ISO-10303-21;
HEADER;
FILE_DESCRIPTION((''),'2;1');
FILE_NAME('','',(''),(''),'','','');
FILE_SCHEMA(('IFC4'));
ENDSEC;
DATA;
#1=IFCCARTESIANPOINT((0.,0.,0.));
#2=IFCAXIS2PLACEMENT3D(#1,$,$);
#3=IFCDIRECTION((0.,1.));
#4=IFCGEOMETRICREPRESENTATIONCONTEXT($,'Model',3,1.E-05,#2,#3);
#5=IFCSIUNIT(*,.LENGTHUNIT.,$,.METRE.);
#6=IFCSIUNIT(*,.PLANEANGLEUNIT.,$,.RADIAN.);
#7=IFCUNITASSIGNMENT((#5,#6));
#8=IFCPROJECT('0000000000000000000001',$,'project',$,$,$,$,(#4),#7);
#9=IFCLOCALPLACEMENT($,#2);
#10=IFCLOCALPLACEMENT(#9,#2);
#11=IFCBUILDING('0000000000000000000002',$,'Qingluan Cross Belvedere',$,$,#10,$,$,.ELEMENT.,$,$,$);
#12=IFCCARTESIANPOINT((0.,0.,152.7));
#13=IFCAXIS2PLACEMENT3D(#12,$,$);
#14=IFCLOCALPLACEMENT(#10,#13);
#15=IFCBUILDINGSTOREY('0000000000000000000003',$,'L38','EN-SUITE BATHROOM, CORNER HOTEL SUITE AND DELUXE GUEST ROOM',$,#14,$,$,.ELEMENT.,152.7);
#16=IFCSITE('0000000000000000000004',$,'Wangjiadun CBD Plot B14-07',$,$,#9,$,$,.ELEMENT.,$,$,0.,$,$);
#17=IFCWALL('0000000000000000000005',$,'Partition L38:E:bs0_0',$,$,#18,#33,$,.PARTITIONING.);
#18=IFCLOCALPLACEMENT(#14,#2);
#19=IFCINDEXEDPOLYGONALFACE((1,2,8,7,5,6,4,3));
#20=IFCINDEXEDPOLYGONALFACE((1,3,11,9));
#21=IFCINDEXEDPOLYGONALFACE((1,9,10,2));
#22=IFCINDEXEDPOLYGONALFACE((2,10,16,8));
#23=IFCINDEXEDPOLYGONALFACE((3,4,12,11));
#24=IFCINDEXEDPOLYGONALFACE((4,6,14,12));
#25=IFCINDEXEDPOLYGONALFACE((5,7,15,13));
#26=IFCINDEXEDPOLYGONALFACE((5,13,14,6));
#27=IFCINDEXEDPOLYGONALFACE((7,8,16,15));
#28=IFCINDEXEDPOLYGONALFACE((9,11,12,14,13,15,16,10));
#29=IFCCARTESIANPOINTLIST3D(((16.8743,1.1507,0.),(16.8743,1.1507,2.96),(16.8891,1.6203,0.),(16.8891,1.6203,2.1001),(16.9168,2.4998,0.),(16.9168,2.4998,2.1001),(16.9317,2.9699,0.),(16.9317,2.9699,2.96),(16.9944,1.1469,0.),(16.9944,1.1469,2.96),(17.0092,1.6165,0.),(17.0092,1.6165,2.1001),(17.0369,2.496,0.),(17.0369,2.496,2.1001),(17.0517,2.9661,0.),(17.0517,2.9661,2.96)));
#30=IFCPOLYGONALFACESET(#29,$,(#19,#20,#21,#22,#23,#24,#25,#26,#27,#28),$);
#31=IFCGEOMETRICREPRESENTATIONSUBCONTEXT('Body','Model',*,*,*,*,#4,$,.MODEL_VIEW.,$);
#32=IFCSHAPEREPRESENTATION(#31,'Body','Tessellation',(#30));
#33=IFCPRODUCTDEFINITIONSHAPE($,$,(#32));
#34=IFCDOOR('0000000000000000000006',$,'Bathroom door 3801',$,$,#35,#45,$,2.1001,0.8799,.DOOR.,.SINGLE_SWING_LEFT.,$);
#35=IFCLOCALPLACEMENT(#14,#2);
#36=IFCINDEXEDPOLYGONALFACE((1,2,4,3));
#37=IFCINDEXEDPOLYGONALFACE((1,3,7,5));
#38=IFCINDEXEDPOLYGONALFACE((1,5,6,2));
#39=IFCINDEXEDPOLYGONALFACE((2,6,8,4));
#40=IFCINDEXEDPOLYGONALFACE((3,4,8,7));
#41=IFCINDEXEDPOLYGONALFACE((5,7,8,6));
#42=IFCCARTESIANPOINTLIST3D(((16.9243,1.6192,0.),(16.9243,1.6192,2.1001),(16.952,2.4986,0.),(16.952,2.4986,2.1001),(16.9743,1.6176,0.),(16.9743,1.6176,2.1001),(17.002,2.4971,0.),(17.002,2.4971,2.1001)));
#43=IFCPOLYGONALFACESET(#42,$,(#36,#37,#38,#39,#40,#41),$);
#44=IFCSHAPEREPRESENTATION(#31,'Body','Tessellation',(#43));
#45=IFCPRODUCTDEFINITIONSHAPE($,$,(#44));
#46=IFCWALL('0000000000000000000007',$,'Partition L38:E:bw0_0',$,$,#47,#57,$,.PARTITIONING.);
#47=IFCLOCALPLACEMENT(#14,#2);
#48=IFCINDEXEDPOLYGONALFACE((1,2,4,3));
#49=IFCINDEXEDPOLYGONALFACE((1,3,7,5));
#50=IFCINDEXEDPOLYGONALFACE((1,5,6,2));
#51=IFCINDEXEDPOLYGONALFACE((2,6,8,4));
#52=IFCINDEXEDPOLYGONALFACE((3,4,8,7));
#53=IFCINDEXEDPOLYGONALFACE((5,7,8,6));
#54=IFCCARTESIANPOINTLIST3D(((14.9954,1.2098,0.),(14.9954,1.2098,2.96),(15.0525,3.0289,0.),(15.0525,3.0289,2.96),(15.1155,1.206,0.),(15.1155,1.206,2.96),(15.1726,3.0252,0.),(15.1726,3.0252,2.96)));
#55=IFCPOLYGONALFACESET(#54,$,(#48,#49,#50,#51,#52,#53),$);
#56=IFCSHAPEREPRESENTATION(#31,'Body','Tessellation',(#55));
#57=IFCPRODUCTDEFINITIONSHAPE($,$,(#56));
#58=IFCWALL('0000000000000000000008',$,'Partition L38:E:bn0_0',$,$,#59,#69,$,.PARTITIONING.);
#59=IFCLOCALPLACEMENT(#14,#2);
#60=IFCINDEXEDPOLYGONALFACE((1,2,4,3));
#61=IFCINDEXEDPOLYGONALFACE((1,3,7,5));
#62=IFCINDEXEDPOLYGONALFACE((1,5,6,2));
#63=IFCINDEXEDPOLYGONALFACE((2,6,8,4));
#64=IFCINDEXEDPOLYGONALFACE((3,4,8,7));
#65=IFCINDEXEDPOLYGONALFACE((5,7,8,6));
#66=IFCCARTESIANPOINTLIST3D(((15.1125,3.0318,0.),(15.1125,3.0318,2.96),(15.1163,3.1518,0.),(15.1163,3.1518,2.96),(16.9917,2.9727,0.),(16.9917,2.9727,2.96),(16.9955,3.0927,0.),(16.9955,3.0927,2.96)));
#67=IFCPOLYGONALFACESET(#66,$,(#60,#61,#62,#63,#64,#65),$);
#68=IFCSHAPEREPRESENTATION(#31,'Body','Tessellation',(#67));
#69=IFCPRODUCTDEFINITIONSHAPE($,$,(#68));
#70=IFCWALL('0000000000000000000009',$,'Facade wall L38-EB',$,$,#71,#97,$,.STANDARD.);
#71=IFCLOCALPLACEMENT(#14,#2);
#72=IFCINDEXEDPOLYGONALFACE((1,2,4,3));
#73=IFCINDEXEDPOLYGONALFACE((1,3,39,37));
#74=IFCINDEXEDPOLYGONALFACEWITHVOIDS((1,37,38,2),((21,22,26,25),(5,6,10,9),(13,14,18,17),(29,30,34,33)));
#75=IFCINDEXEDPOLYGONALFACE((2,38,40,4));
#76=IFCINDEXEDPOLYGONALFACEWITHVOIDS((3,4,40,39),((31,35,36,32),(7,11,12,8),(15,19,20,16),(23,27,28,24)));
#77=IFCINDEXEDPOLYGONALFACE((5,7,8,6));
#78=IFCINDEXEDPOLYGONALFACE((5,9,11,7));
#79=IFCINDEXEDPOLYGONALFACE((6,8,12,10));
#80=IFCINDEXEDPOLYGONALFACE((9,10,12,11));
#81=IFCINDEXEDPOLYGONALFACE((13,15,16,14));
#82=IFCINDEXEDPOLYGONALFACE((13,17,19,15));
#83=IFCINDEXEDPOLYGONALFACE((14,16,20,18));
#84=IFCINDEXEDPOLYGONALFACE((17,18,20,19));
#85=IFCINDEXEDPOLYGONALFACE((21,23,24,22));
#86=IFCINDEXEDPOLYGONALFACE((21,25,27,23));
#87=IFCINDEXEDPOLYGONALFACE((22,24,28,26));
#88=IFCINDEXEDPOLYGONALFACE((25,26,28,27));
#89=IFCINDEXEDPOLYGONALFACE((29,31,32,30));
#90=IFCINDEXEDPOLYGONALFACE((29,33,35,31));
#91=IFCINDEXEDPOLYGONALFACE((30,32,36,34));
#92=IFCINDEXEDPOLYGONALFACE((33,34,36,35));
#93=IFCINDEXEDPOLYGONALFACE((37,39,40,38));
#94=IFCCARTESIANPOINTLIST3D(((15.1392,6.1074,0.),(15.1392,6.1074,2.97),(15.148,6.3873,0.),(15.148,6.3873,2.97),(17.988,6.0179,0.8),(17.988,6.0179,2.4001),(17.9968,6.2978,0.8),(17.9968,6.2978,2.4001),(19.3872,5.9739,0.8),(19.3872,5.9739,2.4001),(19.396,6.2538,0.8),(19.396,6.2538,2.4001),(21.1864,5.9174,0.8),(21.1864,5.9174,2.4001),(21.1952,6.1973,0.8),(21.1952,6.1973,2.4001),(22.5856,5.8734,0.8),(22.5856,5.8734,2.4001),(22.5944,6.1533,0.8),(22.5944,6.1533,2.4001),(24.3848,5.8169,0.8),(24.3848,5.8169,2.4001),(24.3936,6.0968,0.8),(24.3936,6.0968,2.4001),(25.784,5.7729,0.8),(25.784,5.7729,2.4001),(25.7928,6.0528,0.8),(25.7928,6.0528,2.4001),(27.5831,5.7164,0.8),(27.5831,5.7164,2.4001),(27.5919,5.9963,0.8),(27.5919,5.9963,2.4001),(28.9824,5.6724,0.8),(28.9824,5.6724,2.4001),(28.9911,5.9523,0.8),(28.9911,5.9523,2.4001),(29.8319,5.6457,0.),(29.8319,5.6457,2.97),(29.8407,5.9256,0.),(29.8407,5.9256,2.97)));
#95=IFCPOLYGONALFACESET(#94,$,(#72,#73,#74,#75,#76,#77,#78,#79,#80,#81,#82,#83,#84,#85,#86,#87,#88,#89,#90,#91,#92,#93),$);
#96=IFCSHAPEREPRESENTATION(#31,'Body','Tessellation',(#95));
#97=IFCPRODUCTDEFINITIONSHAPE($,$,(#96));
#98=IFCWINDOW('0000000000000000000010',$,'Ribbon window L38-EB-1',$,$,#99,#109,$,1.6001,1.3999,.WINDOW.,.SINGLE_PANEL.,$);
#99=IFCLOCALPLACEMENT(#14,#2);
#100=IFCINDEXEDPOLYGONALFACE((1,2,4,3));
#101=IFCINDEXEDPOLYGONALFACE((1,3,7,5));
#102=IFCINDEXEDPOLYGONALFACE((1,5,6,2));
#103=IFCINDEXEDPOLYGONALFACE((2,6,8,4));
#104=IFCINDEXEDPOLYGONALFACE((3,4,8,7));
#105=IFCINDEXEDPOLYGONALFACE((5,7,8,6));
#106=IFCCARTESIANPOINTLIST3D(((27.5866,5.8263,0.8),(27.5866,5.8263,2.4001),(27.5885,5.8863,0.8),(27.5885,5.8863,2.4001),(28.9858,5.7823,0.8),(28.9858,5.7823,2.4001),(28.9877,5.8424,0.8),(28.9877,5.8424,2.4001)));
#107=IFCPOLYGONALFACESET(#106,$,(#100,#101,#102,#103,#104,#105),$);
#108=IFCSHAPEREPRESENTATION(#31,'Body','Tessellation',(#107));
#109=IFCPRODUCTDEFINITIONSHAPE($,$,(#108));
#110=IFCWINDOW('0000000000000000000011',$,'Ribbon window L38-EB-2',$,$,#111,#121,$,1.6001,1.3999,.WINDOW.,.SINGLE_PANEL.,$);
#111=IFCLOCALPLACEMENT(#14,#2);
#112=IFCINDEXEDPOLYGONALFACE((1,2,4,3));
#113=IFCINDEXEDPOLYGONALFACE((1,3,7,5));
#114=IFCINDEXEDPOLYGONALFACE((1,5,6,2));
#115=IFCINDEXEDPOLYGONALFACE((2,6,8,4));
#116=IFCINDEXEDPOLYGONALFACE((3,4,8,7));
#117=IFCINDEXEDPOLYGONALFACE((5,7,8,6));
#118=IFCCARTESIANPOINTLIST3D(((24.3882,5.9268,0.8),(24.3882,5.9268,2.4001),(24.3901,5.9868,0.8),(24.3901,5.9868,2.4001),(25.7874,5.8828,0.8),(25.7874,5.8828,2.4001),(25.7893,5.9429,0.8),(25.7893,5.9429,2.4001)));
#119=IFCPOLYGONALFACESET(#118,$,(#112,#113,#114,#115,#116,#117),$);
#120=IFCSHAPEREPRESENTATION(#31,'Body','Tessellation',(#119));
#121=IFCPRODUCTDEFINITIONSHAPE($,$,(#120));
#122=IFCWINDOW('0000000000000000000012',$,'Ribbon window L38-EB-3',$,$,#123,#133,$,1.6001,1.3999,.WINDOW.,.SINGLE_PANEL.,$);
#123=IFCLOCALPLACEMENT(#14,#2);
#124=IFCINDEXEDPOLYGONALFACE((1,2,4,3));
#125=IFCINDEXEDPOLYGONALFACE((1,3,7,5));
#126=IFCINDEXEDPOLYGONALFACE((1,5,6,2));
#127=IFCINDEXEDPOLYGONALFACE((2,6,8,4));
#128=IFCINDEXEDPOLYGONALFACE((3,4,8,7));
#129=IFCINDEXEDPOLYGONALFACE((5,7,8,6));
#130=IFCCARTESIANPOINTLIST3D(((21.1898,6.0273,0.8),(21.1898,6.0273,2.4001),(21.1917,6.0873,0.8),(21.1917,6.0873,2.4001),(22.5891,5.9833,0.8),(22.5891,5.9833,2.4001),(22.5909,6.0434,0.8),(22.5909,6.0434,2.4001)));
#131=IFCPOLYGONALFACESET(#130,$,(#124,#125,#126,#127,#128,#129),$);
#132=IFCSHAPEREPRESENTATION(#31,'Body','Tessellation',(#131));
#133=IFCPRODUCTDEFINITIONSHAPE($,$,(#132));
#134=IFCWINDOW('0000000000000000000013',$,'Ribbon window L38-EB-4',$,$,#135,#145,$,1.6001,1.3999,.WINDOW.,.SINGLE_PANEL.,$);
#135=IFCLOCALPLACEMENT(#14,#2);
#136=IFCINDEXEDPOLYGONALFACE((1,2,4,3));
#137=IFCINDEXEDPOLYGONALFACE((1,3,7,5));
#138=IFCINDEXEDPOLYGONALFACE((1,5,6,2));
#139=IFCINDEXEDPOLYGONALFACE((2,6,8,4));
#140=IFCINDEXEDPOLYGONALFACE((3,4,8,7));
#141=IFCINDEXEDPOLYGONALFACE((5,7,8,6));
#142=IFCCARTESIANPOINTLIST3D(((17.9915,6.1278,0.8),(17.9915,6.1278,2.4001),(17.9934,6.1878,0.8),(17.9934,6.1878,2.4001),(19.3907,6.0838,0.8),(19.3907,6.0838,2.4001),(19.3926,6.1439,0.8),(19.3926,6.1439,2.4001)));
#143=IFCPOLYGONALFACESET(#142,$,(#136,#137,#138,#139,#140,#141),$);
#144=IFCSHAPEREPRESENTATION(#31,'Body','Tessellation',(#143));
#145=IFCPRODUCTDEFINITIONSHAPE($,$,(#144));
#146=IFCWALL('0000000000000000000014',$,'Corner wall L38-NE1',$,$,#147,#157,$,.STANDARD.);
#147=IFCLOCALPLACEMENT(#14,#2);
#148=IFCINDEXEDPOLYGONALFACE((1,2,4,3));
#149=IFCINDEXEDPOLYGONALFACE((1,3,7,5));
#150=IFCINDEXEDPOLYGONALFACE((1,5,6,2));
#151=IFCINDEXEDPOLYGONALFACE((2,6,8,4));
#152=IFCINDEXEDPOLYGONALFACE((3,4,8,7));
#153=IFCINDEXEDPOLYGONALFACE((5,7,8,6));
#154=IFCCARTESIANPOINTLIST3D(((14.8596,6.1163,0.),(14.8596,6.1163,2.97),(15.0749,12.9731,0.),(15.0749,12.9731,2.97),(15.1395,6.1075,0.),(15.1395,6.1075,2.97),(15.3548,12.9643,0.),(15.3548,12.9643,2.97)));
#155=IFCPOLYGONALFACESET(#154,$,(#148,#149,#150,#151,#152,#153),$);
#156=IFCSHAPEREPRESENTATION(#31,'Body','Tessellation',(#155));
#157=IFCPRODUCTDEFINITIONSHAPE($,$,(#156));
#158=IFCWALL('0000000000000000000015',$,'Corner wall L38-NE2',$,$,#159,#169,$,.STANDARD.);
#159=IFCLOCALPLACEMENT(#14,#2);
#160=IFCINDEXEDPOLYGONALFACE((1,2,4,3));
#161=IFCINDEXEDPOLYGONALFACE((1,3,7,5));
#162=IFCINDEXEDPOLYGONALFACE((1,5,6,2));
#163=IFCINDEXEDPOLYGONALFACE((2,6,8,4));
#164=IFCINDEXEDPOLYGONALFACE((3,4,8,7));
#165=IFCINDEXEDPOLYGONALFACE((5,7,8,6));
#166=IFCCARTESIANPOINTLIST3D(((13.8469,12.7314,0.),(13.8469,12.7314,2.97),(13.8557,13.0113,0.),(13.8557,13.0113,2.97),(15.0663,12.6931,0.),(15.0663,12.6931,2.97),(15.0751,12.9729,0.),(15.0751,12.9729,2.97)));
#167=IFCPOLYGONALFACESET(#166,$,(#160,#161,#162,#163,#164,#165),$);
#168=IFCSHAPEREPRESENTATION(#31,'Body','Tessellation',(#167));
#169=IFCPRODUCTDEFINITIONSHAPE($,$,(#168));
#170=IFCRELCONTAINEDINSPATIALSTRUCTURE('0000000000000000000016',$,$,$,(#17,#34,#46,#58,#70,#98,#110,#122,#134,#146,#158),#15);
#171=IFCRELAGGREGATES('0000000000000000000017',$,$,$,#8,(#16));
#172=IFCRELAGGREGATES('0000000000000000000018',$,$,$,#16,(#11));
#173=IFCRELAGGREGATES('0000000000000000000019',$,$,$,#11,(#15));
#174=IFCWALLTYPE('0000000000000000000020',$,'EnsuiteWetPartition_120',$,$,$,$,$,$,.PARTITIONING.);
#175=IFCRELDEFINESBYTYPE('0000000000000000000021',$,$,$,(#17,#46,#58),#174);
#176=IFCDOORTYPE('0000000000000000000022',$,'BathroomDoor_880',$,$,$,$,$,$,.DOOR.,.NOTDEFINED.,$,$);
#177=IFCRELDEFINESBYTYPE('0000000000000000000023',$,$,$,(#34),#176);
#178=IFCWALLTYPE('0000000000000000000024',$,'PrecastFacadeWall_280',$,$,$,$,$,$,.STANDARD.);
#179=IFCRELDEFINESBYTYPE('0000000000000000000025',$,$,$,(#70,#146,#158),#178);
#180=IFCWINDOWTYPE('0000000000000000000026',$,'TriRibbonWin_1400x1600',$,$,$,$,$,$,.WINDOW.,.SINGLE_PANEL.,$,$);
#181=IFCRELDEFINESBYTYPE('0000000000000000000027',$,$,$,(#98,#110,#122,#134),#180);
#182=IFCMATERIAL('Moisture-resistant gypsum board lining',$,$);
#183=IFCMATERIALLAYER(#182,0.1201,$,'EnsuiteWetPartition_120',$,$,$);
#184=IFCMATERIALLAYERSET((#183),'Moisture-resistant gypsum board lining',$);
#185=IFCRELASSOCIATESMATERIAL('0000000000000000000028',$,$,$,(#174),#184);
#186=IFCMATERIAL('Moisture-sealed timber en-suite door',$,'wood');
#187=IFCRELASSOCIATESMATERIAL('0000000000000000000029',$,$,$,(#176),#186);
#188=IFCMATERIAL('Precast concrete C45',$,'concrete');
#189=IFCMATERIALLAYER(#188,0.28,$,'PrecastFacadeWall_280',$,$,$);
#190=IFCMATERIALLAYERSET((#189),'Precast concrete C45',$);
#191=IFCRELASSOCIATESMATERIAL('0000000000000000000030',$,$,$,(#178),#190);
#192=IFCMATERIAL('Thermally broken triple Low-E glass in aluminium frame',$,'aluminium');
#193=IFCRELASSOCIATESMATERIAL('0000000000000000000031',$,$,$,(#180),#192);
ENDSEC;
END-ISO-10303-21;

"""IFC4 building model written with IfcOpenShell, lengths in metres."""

from ifc_helpers import new_model, si_unit, direction, frame, frame_2d, origin, place, context, subcontext, project, spatial, rectangle, extrude, material, layer, layer_set, type_object, element, fill, save


model = new_model("IFC4")

# Units and contexts
model_context = context("Model", 3, precision=1e-05, world=origin(), true_north=direction((0.0, 1.0)))
body_context = subcontext(model_context, "Body", "Model", "MODEL_VIEW")
ifc_project = project(units=[si_unit("LENGTHUNIT", "METRE"), si_unit("PLANEANGLEUNIT", "RADIAN")], contexts=[model_context])

# Site, building, storey
site_placement = place(None, origin())
site = spatial("IfcSite", under=ifc_project, at=site_placement, Name="Wangjiadun CBD Plot B14-07", CompositionType="ELEMENT", RefElevation=0.0)
building_placement = place(site_placement, origin())
building = spatial("IfcBuilding", under=site, at=building_placement, Name="Qingluan Cross Belvedere", CompositionType="ELEMENT")
storey_placement = place(building_placement, frame((0.0, 0.0, 152.7)))
storey = spatial("IfcBuildingStorey", under=building, at=storey_placement, Name="L38", Description="EN-SUITE BATHROOM, CORNER HOTEL SUITE AND DELUXE GUEST ROOM", CompositionType="ELEMENT", Elevation=152.7)

# Wall, opening, door
ifc_material_1 = material(Name="Moisture-resistant gypsum board lining")
ifc_layer_1 = layer(ifc_material_1, 0.1201, Name="EnsuiteWetPartition_120")
ifc_layer_set_1 = layer_set([ifc_layer_1], Name="Moisture-resistant gypsum board lining")
wall_type_1 = type_object("IfcWallType", Name="EnsuiteWetPartition_120", PredefinedType="PARTITIONING", material=ifc_layer_set_1)
wall_1_placement = place(storey_placement, frame((16.9343, 1.1487, 0.0), z_axis=(0.0, 0.0, 1.0), x_axis=(0.031524, 0.999503, 0.0)))
wall_1 = element("IfcWall", 1, at=wall_1_placement, inside=storey, type_object=wall_type_1, Name="Partition L38:E:bs0_0", PredefinedType="PARTITIONING", context=body_context, shape_type="SweptSolid", body=[
    extrude(rectangle(XDim=1.8201, YDim=0.1201, at=frame_2d((0.9102, 0.0))), origin(), (0.0, 0.0, 1.0), 2.96),
])
opening_1_placement = place(wall_1_placement, frame((0.47, 0.0, 0.0)))
opening_1 = element("IfcOpeningElement", 2, at=opening_1_placement, cuts=wall_1, PredefinedType="OPENING", context=body_context, shape_type="SweptSolid", body=[
    extrude(rectangle(XDim=0.8799, YDim=2.1001, at=frame_2d((0.4399, 1.05))), frame((0.0, 0.0701, 0.0), z_axis=(0.0, -1.0, 0.0), x_axis=(1.0, 0.0, 0.0)), (0.0, 0.0, 1.0), 0.1401),
])
ifc_material_2 = material(Name="Moisture-sealed timber en-suite door", Category="wood")
door_type_1 = type_object("IfcDoorType", Name="BathroomDoor_880", OperationType="NOTDEFINED", PredefinedType="DOOR", material=ifc_material_2)
door_1_placement = place(opening_1_placement, origin())
door_1 = element("IfcDoor", 3, at=door_1_placement, inside=storey, type_object=door_type_1, Name="Bathroom door 3801", OperationType="SINGLE_SWING_LEFT", OverallHeight=2.1001, OverallWidth=0.8799, PredefinedType="DOOR", context=body_context, shape_type="SweptSolid", body=[
    extrude(rectangle(XDim=0.8799, YDim=2.1001, at=frame_2d((0.4399, 1.05))), frame((0.0, 0.0249, 0.0), z_axis=(0.0, -1.0, 0.0), x_axis=(1.0, 0.0, 0.0)), (0.0, 0.0, 1.0), 0.05),
])
fill(opening_1, door_1)

# Walls
wall_2_placement = place(storey_placement, frame((15.0554, 1.2078, 0.0), z_axis=(0.0, 0.0, 1.0), x_axis=(0.03139, 0.999507, 0.0)))
element("IfcWall", 4, at=wall_2_placement, inside=storey, type_object=wall_type_1, Name="Partition L38:E:bw0_0", PredefinedType="PARTITIONING", context=body_context, shape_type="SweptSolid", body=[
    extrude(rectangle(XDim=1.8201, YDim=0.1201, at=frame_2d((0.9102, 0.0))), origin(), (0.0, 0.0, 1.0), 2.96),
])
wall_3_placement = place(storey_placement, frame((15.1145, 3.0918, 0.0), z_axis=(0.0, 0.0, 1.0), x_axis=(0.999506, -0.031425, 0.0)))
element("IfcWall", 5, at=wall_3_placement, inside=storey, type_object=wall_type_1, Name="Partition L38:E:bn0_0", PredefinedType="PARTITIONING", context=body_context, shape_type="SweptSolid", body=[
    extrude(rectangle(XDim=1.8801, YDim=0.1201, at=frame_2d((0.9399, 0.0))), origin(), (0.0, 0.0, 1.0), 2.96),
])

# Wall, openings, windows
ifc_material_3 = material(Name="Precast concrete C45", Category="concrete")
ifc_layer_2 = layer(ifc_material_3, 0.28, Name="PrecastFacadeWall_280")
ifc_layer_set_2 = layer_set([ifc_layer_2], Name="Precast concrete C45")
wall_type_2 = type_object("IfcWallType", Name="PrecastFacadeWall_280", PredefinedType="STANDARD", material=ifc_layer_set_2)
wall_4_placement = place(storey_placement, frame((29.8364, 5.7856, 0.0), z_axis=(0.0, 0.0, 1.0), x_axis=(-0.999507, 0.031406, 0.0)))
wall_4 = element("IfcWall", 6, at=wall_4_placement, inside=storey, type_object=wall_type_2, Name="Facade wall L38-EB", PredefinedType="STANDARD", context=body_context, shape_type="SweptSolid", body=[
    extrude(rectangle(XDim=14.7, YDim=0.28, at=frame_2d((7.3501, 0.0))), origin(), (0.0, 0.0, 1.0), 2.97),
])
opening_2_placement = place(wall_4_placement, frame((0.8501, 0.0, 0.8)))
opening_2 = element("IfcOpeningElement", 7, at=opening_2_placement, cuts=wall_4, PredefinedType="OPENING", context=body_context, shape_type="SweptSolid", body=[
    extrude(rectangle(XDim=1.3999, YDim=1.6001, at=frame_2d((0.7, 0.8))), frame((0.0, 0.1499, 0.0), z_axis=(0.0, -1.0, 0.0), x_axis=(1.0, 0.0, 0.0)), (0.0, 0.0, 1.0), 0.3),
])
opening_3_placement = place(wall_4_placement, frame((4.05, 0.0, 0.8)))
opening_3 = element("IfcOpeningElement", 8, at=opening_3_placement, cuts=wall_4, PredefinedType="OPENING", context=body_context, shape_type="SweptSolid", body=[
    extrude(rectangle(XDim=1.3999, YDim=1.6001, at=frame_2d((0.7, 0.8))), frame((0.0, 0.1499, 0.0), z_axis=(0.0, -1.0, 0.0), x_axis=(1.0, 0.0, 0.0)), (0.0, 0.0, 1.0), 0.3),
])
opening_4_placement = place(wall_4_placement, frame((7.25, 0.0, 0.8)))
opening_4 = element("IfcOpeningElement", 9, at=opening_4_placement, cuts=wall_4, PredefinedType="OPENING", context=body_context, shape_type="SweptSolid", body=[
    extrude(rectangle(XDim=1.3999, YDim=1.6001, at=frame_2d((0.7, 0.8))), frame((0.0, 0.1499, 0.0), z_axis=(0.0, -1.0, 0.0), x_axis=(1.0, 0.0, 0.0)), (0.0, 0.0, 1.0), 0.3),
])
opening_5_placement = place(wall_4_placement, frame((10.45, 0.0, 0.8)))
opening_5 = element("IfcOpeningElement", 10, at=opening_5_placement, cuts=wall_4, PredefinedType="OPENING", context=body_context, shape_type="SweptSolid", body=[
    extrude(rectangle(XDim=1.3999, YDim=1.6001, at=frame_2d((0.7, 0.8))), frame((0.0, 0.1499, 0.0), z_axis=(0.0, -1.0, 0.0), x_axis=(1.0, 0.0, 0.0)), (0.0, 0.0, 1.0), 0.3),
])
ifc_material_4 = material(Name="Thermally broken triple Low-E glass in aluminium frame", Category="aluminium")
window_type = type_object("IfcWindowType", Name="TriRibbonWin_1400x1600", PartitioningType="SINGLE_PANEL", PredefinedType="WINDOW", material=ifc_material_4)
window_1_placement = place(opening_2_placement, origin())
window_1 = element("IfcWindow", 11, at=window_1_placement, inside=storey, type_object=window_type, Name="Ribbon window L38-EB-1", OverallHeight=1.6001, OverallWidth=1.3999, PartitioningType="SINGLE_PANEL", PredefinedType="WINDOW", context=body_context, shape_type="SweptSolid", body=[
    extrude(rectangle(XDim=1.3999, YDim=1.6001, at=frame_2d((0.7, 0.8))), frame((0.0, 0.03, 0.0), z_axis=(0.0, -1.0, 0.0), x_axis=(1.0, 0.0, 0.0)), (0.0, 0.0, 1.0), 0.0601),
])
fill(opening_2, window_1)
window_2_placement = place(opening_3_placement, origin())
window_2 = element("IfcWindow", 12, at=window_2_placement, inside=storey, type_object=window_type, Name="Ribbon window L38-EB-2", OverallHeight=1.6001, OverallWidth=1.3999, PartitioningType="SINGLE_PANEL", PredefinedType="WINDOW", context=body_context, shape_type="SweptSolid", body=[
    extrude(rectangle(XDim=1.3999, YDim=1.6001, at=frame_2d((0.7, 0.8))), frame((0.0, 0.03, 0.0), z_axis=(0.0, -1.0, 0.0), x_axis=(1.0, 0.0, 0.0)), (0.0, 0.0, 1.0), 0.0601),
])
fill(opening_3, window_2)
window_3_placement = place(opening_4_placement, origin())
window_3 = element("IfcWindow", 13, at=window_3_placement, inside=storey, type_object=window_type, Name="Ribbon window L38-EB-3", OverallHeight=1.6001, OverallWidth=1.3999, PartitioningType="SINGLE_PANEL", PredefinedType="WINDOW", context=body_context, shape_type="SweptSolid", body=[
    extrude(rectangle(XDim=1.3999, YDim=1.6001, at=frame_2d((0.7, 0.8))), frame((0.0, 0.03, 0.0), z_axis=(0.0, -1.0, 0.0), x_axis=(1.0, 0.0, 0.0)), (0.0, 0.0, 1.0), 0.0601),
])
fill(opening_4, window_3)
window_4_placement = place(opening_5_placement, origin())
window_4 = element("IfcWindow", 14, at=window_4_placement, inside=storey, type_object=window_type, Name="Ribbon window L38-EB-4", OverallHeight=1.6001, OverallWidth=1.3999, PartitioningType="SINGLE_PANEL", PredefinedType="WINDOW", context=body_context, shape_type="SweptSolid", body=[
    extrude(rectangle(XDim=1.3999, YDim=1.6001, at=frame_2d((0.7, 0.8))), frame((0.0, 0.03, 0.0), z_axis=(0.0, -1.0, 0.0), x_axis=(1.0, 0.0, 0.0)), (0.0, 0.0, 1.0), 0.0601),
])
fill(opening_5, window_4)

# Walls
wall_5_placement = place(storey_placement, frame((14.9995, 6.1118, 0.0), z_axis=(0.0, 0.0, 1.0), x_axis=(0.031389, 0.999507, 0.0)))
element("IfcWall", 15, at=wall_5_placement, inside=storey, type_object=wall_type_2, Name="Corner wall L38-NE1", PredefinedType="STANDARD", context=body_context, shape_type="SweptSolid", body=[
    extrude(rectangle(XDim=6.8601, YDim=0.28, at=frame_2d((3.4302, 0.0))), origin(), (0.0, 0.0, 1.0), 2.97),
])
wall_6_placement = place(storey_placement, frame((15.0706, 12.833, 0.0), z_axis=(0.0, 0.0, 1.0), x_axis=(-0.999506, 0.031416, 0.0)))
element("IfcWall", 16, at=wall_6_placement, inside=storey, type_object=wall_type_2, Name="Corner wall L38-NE2", PredefinedType="STANDARD", context=body_context, shape_type="SweptSolid", body=[
    extrude(rectangle(XDim=1.22, YDim=0.28, at=frame_2d((0.6099, 0.0))), origin(), (0.0, 0.0, 1.0), 2.97),
])

save(model, "model.ifc")
